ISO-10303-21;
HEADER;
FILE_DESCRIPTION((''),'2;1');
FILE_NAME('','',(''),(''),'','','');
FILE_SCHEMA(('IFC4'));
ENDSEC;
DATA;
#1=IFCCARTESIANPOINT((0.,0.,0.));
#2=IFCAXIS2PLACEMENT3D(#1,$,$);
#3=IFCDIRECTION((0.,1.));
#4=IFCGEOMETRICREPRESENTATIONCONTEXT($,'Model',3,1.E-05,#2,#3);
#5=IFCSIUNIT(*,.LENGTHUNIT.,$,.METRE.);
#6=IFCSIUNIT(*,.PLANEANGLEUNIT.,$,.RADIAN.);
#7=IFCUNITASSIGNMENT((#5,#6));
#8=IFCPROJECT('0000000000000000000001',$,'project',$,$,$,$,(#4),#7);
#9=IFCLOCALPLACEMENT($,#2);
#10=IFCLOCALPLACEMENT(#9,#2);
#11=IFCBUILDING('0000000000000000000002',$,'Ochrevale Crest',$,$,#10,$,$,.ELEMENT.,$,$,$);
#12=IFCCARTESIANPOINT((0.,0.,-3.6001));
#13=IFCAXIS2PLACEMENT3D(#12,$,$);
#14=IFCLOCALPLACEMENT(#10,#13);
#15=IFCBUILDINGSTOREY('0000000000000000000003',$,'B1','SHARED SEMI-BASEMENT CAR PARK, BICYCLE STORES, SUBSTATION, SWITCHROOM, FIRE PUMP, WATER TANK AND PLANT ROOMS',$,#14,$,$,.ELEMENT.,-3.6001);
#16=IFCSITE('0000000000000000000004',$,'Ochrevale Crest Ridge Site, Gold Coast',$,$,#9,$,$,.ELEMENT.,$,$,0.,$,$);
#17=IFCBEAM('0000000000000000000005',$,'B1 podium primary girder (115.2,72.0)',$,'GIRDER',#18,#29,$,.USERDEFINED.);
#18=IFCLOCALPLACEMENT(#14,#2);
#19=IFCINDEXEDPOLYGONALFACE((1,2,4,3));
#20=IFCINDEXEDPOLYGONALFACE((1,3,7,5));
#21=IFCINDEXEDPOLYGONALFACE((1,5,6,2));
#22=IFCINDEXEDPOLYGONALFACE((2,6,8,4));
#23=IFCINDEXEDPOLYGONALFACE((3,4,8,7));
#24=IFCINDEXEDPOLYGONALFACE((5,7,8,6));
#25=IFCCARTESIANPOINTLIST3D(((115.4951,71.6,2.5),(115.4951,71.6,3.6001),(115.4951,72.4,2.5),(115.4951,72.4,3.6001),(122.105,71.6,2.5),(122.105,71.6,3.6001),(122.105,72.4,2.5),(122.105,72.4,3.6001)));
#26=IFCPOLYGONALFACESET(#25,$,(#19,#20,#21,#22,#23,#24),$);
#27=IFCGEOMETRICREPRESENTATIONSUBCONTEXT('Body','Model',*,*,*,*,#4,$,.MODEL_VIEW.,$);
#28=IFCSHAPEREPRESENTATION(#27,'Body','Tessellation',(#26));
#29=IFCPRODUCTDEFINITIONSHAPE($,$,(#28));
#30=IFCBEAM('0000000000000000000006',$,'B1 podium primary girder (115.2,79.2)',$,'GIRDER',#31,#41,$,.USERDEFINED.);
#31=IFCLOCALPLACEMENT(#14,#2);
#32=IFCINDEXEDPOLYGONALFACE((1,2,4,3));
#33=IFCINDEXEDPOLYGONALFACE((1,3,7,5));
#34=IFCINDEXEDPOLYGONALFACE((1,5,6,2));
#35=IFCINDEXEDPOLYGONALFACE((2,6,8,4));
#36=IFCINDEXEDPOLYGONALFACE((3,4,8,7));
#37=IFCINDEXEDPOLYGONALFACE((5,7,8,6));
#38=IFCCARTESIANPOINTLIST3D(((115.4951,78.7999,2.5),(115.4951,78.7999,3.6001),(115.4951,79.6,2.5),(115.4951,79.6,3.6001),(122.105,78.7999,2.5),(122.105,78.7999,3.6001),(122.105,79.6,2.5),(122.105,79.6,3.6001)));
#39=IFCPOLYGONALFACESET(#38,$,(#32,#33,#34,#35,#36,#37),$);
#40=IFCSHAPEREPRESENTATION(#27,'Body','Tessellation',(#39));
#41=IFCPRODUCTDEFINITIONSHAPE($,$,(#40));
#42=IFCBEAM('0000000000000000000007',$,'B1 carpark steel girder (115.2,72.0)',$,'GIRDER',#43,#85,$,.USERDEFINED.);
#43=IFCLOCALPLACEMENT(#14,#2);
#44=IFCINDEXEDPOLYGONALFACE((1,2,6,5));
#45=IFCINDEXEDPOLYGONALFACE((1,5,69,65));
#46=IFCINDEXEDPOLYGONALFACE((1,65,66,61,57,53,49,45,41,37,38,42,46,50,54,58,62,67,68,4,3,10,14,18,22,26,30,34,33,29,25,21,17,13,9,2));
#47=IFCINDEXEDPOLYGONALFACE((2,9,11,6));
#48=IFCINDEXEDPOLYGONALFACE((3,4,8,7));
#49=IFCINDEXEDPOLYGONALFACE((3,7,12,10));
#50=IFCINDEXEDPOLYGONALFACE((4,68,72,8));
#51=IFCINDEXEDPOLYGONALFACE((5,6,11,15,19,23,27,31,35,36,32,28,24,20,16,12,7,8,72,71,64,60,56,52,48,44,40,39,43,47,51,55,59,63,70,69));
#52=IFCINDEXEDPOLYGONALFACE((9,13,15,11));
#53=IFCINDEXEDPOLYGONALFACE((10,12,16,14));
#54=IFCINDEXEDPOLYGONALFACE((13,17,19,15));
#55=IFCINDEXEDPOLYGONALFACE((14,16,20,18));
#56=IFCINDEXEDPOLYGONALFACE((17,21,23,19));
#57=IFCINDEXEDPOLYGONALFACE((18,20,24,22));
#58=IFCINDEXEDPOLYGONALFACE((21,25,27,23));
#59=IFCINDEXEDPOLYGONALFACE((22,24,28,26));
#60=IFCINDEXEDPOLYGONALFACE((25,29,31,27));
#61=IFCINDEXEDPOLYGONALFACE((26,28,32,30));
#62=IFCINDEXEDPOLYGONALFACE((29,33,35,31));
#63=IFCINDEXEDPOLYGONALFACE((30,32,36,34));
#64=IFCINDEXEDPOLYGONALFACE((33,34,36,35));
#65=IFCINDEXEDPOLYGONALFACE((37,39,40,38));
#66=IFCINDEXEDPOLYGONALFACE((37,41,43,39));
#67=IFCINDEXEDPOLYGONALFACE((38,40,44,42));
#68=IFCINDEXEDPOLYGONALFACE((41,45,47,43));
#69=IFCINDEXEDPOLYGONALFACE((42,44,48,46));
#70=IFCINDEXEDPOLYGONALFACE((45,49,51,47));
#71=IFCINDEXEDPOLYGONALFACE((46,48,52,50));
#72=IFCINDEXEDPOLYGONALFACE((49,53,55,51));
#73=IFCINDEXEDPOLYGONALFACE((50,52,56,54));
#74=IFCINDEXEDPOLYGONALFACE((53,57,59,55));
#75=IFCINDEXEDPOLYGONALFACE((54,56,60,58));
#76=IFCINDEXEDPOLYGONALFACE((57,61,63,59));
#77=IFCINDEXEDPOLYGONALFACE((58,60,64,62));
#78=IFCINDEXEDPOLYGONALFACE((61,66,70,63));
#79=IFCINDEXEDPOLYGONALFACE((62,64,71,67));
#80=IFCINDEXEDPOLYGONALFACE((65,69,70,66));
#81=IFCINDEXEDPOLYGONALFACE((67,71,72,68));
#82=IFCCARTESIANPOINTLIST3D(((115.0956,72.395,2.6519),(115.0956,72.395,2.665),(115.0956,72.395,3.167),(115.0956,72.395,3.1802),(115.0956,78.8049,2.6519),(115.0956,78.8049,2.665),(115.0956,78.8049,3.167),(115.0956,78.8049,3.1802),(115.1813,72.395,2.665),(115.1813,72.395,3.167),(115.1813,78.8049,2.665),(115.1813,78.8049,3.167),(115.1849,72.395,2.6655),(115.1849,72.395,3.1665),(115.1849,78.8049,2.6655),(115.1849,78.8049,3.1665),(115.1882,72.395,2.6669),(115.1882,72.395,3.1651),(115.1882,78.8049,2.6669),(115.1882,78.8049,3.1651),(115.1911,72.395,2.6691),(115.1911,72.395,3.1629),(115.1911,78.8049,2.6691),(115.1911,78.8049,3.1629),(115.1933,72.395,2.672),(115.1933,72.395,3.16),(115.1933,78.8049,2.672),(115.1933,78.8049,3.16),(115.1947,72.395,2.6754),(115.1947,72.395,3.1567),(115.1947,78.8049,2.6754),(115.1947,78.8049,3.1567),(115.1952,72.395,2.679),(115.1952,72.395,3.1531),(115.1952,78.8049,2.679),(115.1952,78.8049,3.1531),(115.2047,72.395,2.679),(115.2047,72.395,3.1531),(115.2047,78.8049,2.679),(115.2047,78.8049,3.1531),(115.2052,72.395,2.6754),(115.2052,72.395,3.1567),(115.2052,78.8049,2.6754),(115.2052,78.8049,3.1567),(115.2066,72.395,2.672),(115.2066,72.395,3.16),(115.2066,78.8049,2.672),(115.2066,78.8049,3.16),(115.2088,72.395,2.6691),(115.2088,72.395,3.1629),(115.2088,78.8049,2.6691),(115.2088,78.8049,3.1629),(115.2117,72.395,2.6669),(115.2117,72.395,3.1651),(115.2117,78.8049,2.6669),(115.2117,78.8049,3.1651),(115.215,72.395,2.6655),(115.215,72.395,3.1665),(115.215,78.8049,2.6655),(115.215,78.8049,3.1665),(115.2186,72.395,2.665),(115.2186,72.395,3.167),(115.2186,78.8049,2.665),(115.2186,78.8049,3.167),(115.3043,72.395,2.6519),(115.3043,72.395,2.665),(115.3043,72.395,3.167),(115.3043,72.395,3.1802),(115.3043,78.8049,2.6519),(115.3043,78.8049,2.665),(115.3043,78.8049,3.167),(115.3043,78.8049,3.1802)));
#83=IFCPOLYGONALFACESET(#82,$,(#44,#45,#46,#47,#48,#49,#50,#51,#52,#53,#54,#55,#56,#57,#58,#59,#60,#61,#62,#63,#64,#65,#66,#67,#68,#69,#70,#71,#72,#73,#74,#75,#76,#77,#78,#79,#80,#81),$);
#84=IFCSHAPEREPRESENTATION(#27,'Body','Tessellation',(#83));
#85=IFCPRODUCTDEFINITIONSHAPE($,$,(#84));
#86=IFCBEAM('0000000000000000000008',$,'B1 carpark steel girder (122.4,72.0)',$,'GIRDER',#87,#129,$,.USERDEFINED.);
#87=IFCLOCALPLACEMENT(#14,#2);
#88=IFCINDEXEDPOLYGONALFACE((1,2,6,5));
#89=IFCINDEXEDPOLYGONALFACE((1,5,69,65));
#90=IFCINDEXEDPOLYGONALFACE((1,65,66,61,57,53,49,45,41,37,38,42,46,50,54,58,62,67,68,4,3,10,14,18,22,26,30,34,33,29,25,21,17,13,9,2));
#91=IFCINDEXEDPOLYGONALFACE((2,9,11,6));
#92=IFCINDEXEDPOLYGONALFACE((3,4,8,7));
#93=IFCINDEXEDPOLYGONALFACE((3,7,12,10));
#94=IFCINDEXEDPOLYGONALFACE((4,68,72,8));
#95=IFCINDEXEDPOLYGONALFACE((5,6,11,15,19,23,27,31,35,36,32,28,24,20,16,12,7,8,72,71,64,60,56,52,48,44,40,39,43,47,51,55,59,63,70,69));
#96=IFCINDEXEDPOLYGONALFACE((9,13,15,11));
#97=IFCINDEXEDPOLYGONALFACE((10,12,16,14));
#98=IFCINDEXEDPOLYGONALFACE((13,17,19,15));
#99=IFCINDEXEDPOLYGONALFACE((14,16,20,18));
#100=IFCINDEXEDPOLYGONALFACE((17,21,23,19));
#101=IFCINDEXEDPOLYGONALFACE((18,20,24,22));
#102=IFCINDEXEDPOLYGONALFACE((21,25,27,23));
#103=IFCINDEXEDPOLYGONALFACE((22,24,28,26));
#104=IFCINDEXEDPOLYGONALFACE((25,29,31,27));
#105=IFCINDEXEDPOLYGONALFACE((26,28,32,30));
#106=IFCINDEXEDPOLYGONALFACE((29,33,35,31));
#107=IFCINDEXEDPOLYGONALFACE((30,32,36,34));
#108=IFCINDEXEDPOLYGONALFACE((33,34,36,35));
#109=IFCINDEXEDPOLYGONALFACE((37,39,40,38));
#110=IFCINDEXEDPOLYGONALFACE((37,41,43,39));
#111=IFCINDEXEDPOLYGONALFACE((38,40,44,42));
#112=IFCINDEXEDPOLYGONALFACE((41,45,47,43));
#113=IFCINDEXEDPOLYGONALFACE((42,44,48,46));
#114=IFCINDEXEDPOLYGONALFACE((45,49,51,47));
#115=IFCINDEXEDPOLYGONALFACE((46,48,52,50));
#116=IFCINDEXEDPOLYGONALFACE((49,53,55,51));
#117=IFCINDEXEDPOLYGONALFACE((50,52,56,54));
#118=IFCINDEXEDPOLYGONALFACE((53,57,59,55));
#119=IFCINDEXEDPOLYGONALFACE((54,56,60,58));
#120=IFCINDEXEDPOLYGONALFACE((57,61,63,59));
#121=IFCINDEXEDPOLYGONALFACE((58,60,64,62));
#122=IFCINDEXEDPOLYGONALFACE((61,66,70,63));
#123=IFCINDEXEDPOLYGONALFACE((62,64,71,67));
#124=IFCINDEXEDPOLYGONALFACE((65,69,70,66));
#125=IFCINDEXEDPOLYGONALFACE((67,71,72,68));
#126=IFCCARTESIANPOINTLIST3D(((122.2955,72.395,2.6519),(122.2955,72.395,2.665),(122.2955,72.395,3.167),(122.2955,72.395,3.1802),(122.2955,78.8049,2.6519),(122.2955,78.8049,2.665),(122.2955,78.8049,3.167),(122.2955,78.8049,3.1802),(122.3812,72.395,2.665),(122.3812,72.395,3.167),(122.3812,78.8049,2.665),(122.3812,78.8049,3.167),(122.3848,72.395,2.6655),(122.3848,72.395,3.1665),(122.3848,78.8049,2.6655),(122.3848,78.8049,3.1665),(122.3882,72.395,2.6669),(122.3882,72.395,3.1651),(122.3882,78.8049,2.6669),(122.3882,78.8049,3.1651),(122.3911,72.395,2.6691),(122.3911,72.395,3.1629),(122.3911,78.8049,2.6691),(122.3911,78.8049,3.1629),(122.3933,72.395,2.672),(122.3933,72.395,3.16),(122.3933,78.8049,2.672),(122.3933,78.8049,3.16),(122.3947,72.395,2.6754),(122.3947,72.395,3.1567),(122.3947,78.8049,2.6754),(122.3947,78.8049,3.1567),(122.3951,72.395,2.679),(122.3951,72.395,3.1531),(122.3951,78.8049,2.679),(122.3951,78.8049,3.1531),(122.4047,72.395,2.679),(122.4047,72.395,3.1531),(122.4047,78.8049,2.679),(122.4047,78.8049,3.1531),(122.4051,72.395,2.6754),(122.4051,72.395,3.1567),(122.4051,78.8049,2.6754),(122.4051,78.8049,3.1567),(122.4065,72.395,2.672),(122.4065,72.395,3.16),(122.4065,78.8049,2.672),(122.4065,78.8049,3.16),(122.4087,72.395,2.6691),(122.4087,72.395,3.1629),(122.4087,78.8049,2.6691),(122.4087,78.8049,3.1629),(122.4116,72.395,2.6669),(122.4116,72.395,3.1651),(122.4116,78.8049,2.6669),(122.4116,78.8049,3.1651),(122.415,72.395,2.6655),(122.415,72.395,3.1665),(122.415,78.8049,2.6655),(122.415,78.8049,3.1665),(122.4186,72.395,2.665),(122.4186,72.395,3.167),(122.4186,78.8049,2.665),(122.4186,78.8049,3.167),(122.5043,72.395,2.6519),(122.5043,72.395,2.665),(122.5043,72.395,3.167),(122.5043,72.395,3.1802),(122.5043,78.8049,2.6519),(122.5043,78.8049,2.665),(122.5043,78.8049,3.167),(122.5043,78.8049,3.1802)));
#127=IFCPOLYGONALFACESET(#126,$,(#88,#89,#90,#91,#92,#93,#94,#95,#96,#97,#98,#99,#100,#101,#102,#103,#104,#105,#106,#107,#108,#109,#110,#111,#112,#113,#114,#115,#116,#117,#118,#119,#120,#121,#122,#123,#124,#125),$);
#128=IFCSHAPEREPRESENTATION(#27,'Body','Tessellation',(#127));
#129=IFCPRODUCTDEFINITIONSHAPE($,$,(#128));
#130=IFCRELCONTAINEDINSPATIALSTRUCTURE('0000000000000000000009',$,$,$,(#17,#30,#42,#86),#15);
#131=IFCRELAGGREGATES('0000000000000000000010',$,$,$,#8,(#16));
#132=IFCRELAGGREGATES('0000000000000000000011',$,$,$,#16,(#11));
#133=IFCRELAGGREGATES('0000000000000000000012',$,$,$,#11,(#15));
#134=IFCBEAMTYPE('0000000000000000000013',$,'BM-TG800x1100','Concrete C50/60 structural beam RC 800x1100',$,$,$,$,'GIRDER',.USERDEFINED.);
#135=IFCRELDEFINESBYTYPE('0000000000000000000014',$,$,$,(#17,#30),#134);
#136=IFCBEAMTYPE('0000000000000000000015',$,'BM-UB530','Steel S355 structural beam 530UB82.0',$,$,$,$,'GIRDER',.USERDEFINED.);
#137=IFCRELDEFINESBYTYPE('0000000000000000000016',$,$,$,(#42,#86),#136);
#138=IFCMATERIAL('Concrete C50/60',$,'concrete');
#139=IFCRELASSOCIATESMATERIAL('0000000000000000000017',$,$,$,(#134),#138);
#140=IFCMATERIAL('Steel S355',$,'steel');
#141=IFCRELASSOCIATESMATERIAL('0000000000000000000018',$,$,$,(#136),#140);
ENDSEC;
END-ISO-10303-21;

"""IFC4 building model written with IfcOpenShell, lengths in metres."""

from ifc_helpers import new_model, si_unit, direction, frame, origin, origin_2d, place, context, subcontext, project, spatial, rectangle, i_section, extrude, material, material_profile, profile_set, type_object, element, save


model = new_model("IFC4")

# Units and contexts
model_context = context("Model", 3, precision=1e-05, world=origin(), true_north=direction((0.0, 1.0)))
body_context = subcontext(model_context, "Body", "Model", "MODEL_VIEW")
ifc_project = project(units=[si_unit("LENGTHUNIT", "METRE"), si_unit("PLANEANGLEUNIT", "RADIAN")], contexts=[model_context])

# Site, building, storey
site_placement = place(None, origin())
site = spatial("IfcSite", under=ifc_project, at=site_placement, Name="Ochrevale Crest Ridge Site, Gold Coast", CompositionType="ELEMENT", RefElevation=0.0)
building_placement = place(site_placement, origin())
building = spatial("IfcBuilding", under=site, at=building_placement, Name="Ochrevale Crest", CompositionType="ELEMENT")
storey_placement = place(building_placement, frame((0.0, 0.0, -3.6001)))
storey = spatial("IfcBuildingStorey", under=building, at=storey_placement, Name="B1", Description="SHARED SEMI-BASEMENT CAR PARK, BICYCLE STORES, SUBSTATION, SWITCHROOM, FIRE PUMP, WATER TANK AND PLANT ROOMS", CompositionType="ELEMENT", Elevation=-3.6001)

# Shared definitions
ifc_material_1 = material(Name="Concrete C50/60", Category="concrete")

# Beams
ifc_material_profile_1 = material_profile(ifc_material_1, rectangle(XDim=0.8, YDim=1.1001, at=origin_2d()), Name="RC 800x1100")
ifc_profile_set_1 = profile_set([ifc_material_profile_1], Name="Concrete C50/60")
beam_type_1 = type_object("IfcBeamType", Name="BM-TG800x1100", Description="Concrete C50/60 structural beam RC 800x1100", ElementType="GIRDER", PredefinedType="USERDEFINED", material=ifc_profile_set_1)
for number, where, z_axis, x_axis, name in (
    (1, (115.4951, 72.0, 3.05), (1.0, 0.0, 0.0), (0.0, 1.0, 0.0), "B1 podium primary girder (115.2,72.0)"),
    (2, (115.4951, 79.2, 3.05), (1.0, 0.0, 0.0), (0.0, 1.0, 0.0), "B1 podium primary girder (115.2,79.2)"),
):
    element("IfcBeam", number, at=place(storey_placement, frame(where, z_axis=z_axis, x_axis=x_axis)), inside=storey, type_object=beam_type_1, Name=name, ObjectType="GIRDER", PredefinedType="USERDEFINED", context=body_context, shape_type="SweptSolid", body=[
        extrude(rectangle(XDim=0.8, YDim=1.1001, at=origin_2d()), origin(), (0.0, 0.0, 1.0), 6.6099),
    ])
ifc_material_2 = material(Name="Steel S355", Category="steel")
ifc_material_profile_2 = material_profile(ifc_material_2, i_section(OverallWidth=0.2087, OverallDepth=0.5283, WebThickness=0.0095, FlangeThickness=0.0132, FilletRadius=0.0139, at=origin_2d()), Name="530UB82.0")
ifc_profile_set_2 = profile_set([ifc_material_profile_2], Name="Steel S355")
beam_type_2 = type_object("IfcBeamType", Name="BM-UB530", Description="Steel S355 structural beam 530UB82.0", ElementType="GIRDER", PredefinedType="USERDEFINED", material=ifc_profile_set_2)
for number, where, z_axis, x_axis, name in (
    (3, (115.2, 72.395, 2.916), (0.0, 1.0, 0.0), (-1.0, 0.0, 0.0), "B1 carpark steel girder (115.2,72.0)"),
    (4, (122.3999, 72.395, 2.916), (0.0, 1.0, 0.0), (-1.0, 0.0, 0.0), "B1 carpark steel girder (122.4,72.0)"),
):
    element("IfcBeam", number, at=place(storey_placement, frame(where, z_axis=z_axis, x_axis=x_axis)), inside=storey, type_object=beam_type_2, Name=name, ObjectType="GIRDER", PredefinedType="USERDEFINED", context=body_context, shape_type="SweptSolid", body=[
        extrude(i_section(OverallWidth=0.2087, OverallDepth=0.5283, WebThickness=0.0095, FlangeThickness=0.0132, FilletRadius=0.0139, at=origin_2d()), origin(), (0.0, 0.0, 1.0), 6.4099),
    ])

save(model, "model.ifc")
